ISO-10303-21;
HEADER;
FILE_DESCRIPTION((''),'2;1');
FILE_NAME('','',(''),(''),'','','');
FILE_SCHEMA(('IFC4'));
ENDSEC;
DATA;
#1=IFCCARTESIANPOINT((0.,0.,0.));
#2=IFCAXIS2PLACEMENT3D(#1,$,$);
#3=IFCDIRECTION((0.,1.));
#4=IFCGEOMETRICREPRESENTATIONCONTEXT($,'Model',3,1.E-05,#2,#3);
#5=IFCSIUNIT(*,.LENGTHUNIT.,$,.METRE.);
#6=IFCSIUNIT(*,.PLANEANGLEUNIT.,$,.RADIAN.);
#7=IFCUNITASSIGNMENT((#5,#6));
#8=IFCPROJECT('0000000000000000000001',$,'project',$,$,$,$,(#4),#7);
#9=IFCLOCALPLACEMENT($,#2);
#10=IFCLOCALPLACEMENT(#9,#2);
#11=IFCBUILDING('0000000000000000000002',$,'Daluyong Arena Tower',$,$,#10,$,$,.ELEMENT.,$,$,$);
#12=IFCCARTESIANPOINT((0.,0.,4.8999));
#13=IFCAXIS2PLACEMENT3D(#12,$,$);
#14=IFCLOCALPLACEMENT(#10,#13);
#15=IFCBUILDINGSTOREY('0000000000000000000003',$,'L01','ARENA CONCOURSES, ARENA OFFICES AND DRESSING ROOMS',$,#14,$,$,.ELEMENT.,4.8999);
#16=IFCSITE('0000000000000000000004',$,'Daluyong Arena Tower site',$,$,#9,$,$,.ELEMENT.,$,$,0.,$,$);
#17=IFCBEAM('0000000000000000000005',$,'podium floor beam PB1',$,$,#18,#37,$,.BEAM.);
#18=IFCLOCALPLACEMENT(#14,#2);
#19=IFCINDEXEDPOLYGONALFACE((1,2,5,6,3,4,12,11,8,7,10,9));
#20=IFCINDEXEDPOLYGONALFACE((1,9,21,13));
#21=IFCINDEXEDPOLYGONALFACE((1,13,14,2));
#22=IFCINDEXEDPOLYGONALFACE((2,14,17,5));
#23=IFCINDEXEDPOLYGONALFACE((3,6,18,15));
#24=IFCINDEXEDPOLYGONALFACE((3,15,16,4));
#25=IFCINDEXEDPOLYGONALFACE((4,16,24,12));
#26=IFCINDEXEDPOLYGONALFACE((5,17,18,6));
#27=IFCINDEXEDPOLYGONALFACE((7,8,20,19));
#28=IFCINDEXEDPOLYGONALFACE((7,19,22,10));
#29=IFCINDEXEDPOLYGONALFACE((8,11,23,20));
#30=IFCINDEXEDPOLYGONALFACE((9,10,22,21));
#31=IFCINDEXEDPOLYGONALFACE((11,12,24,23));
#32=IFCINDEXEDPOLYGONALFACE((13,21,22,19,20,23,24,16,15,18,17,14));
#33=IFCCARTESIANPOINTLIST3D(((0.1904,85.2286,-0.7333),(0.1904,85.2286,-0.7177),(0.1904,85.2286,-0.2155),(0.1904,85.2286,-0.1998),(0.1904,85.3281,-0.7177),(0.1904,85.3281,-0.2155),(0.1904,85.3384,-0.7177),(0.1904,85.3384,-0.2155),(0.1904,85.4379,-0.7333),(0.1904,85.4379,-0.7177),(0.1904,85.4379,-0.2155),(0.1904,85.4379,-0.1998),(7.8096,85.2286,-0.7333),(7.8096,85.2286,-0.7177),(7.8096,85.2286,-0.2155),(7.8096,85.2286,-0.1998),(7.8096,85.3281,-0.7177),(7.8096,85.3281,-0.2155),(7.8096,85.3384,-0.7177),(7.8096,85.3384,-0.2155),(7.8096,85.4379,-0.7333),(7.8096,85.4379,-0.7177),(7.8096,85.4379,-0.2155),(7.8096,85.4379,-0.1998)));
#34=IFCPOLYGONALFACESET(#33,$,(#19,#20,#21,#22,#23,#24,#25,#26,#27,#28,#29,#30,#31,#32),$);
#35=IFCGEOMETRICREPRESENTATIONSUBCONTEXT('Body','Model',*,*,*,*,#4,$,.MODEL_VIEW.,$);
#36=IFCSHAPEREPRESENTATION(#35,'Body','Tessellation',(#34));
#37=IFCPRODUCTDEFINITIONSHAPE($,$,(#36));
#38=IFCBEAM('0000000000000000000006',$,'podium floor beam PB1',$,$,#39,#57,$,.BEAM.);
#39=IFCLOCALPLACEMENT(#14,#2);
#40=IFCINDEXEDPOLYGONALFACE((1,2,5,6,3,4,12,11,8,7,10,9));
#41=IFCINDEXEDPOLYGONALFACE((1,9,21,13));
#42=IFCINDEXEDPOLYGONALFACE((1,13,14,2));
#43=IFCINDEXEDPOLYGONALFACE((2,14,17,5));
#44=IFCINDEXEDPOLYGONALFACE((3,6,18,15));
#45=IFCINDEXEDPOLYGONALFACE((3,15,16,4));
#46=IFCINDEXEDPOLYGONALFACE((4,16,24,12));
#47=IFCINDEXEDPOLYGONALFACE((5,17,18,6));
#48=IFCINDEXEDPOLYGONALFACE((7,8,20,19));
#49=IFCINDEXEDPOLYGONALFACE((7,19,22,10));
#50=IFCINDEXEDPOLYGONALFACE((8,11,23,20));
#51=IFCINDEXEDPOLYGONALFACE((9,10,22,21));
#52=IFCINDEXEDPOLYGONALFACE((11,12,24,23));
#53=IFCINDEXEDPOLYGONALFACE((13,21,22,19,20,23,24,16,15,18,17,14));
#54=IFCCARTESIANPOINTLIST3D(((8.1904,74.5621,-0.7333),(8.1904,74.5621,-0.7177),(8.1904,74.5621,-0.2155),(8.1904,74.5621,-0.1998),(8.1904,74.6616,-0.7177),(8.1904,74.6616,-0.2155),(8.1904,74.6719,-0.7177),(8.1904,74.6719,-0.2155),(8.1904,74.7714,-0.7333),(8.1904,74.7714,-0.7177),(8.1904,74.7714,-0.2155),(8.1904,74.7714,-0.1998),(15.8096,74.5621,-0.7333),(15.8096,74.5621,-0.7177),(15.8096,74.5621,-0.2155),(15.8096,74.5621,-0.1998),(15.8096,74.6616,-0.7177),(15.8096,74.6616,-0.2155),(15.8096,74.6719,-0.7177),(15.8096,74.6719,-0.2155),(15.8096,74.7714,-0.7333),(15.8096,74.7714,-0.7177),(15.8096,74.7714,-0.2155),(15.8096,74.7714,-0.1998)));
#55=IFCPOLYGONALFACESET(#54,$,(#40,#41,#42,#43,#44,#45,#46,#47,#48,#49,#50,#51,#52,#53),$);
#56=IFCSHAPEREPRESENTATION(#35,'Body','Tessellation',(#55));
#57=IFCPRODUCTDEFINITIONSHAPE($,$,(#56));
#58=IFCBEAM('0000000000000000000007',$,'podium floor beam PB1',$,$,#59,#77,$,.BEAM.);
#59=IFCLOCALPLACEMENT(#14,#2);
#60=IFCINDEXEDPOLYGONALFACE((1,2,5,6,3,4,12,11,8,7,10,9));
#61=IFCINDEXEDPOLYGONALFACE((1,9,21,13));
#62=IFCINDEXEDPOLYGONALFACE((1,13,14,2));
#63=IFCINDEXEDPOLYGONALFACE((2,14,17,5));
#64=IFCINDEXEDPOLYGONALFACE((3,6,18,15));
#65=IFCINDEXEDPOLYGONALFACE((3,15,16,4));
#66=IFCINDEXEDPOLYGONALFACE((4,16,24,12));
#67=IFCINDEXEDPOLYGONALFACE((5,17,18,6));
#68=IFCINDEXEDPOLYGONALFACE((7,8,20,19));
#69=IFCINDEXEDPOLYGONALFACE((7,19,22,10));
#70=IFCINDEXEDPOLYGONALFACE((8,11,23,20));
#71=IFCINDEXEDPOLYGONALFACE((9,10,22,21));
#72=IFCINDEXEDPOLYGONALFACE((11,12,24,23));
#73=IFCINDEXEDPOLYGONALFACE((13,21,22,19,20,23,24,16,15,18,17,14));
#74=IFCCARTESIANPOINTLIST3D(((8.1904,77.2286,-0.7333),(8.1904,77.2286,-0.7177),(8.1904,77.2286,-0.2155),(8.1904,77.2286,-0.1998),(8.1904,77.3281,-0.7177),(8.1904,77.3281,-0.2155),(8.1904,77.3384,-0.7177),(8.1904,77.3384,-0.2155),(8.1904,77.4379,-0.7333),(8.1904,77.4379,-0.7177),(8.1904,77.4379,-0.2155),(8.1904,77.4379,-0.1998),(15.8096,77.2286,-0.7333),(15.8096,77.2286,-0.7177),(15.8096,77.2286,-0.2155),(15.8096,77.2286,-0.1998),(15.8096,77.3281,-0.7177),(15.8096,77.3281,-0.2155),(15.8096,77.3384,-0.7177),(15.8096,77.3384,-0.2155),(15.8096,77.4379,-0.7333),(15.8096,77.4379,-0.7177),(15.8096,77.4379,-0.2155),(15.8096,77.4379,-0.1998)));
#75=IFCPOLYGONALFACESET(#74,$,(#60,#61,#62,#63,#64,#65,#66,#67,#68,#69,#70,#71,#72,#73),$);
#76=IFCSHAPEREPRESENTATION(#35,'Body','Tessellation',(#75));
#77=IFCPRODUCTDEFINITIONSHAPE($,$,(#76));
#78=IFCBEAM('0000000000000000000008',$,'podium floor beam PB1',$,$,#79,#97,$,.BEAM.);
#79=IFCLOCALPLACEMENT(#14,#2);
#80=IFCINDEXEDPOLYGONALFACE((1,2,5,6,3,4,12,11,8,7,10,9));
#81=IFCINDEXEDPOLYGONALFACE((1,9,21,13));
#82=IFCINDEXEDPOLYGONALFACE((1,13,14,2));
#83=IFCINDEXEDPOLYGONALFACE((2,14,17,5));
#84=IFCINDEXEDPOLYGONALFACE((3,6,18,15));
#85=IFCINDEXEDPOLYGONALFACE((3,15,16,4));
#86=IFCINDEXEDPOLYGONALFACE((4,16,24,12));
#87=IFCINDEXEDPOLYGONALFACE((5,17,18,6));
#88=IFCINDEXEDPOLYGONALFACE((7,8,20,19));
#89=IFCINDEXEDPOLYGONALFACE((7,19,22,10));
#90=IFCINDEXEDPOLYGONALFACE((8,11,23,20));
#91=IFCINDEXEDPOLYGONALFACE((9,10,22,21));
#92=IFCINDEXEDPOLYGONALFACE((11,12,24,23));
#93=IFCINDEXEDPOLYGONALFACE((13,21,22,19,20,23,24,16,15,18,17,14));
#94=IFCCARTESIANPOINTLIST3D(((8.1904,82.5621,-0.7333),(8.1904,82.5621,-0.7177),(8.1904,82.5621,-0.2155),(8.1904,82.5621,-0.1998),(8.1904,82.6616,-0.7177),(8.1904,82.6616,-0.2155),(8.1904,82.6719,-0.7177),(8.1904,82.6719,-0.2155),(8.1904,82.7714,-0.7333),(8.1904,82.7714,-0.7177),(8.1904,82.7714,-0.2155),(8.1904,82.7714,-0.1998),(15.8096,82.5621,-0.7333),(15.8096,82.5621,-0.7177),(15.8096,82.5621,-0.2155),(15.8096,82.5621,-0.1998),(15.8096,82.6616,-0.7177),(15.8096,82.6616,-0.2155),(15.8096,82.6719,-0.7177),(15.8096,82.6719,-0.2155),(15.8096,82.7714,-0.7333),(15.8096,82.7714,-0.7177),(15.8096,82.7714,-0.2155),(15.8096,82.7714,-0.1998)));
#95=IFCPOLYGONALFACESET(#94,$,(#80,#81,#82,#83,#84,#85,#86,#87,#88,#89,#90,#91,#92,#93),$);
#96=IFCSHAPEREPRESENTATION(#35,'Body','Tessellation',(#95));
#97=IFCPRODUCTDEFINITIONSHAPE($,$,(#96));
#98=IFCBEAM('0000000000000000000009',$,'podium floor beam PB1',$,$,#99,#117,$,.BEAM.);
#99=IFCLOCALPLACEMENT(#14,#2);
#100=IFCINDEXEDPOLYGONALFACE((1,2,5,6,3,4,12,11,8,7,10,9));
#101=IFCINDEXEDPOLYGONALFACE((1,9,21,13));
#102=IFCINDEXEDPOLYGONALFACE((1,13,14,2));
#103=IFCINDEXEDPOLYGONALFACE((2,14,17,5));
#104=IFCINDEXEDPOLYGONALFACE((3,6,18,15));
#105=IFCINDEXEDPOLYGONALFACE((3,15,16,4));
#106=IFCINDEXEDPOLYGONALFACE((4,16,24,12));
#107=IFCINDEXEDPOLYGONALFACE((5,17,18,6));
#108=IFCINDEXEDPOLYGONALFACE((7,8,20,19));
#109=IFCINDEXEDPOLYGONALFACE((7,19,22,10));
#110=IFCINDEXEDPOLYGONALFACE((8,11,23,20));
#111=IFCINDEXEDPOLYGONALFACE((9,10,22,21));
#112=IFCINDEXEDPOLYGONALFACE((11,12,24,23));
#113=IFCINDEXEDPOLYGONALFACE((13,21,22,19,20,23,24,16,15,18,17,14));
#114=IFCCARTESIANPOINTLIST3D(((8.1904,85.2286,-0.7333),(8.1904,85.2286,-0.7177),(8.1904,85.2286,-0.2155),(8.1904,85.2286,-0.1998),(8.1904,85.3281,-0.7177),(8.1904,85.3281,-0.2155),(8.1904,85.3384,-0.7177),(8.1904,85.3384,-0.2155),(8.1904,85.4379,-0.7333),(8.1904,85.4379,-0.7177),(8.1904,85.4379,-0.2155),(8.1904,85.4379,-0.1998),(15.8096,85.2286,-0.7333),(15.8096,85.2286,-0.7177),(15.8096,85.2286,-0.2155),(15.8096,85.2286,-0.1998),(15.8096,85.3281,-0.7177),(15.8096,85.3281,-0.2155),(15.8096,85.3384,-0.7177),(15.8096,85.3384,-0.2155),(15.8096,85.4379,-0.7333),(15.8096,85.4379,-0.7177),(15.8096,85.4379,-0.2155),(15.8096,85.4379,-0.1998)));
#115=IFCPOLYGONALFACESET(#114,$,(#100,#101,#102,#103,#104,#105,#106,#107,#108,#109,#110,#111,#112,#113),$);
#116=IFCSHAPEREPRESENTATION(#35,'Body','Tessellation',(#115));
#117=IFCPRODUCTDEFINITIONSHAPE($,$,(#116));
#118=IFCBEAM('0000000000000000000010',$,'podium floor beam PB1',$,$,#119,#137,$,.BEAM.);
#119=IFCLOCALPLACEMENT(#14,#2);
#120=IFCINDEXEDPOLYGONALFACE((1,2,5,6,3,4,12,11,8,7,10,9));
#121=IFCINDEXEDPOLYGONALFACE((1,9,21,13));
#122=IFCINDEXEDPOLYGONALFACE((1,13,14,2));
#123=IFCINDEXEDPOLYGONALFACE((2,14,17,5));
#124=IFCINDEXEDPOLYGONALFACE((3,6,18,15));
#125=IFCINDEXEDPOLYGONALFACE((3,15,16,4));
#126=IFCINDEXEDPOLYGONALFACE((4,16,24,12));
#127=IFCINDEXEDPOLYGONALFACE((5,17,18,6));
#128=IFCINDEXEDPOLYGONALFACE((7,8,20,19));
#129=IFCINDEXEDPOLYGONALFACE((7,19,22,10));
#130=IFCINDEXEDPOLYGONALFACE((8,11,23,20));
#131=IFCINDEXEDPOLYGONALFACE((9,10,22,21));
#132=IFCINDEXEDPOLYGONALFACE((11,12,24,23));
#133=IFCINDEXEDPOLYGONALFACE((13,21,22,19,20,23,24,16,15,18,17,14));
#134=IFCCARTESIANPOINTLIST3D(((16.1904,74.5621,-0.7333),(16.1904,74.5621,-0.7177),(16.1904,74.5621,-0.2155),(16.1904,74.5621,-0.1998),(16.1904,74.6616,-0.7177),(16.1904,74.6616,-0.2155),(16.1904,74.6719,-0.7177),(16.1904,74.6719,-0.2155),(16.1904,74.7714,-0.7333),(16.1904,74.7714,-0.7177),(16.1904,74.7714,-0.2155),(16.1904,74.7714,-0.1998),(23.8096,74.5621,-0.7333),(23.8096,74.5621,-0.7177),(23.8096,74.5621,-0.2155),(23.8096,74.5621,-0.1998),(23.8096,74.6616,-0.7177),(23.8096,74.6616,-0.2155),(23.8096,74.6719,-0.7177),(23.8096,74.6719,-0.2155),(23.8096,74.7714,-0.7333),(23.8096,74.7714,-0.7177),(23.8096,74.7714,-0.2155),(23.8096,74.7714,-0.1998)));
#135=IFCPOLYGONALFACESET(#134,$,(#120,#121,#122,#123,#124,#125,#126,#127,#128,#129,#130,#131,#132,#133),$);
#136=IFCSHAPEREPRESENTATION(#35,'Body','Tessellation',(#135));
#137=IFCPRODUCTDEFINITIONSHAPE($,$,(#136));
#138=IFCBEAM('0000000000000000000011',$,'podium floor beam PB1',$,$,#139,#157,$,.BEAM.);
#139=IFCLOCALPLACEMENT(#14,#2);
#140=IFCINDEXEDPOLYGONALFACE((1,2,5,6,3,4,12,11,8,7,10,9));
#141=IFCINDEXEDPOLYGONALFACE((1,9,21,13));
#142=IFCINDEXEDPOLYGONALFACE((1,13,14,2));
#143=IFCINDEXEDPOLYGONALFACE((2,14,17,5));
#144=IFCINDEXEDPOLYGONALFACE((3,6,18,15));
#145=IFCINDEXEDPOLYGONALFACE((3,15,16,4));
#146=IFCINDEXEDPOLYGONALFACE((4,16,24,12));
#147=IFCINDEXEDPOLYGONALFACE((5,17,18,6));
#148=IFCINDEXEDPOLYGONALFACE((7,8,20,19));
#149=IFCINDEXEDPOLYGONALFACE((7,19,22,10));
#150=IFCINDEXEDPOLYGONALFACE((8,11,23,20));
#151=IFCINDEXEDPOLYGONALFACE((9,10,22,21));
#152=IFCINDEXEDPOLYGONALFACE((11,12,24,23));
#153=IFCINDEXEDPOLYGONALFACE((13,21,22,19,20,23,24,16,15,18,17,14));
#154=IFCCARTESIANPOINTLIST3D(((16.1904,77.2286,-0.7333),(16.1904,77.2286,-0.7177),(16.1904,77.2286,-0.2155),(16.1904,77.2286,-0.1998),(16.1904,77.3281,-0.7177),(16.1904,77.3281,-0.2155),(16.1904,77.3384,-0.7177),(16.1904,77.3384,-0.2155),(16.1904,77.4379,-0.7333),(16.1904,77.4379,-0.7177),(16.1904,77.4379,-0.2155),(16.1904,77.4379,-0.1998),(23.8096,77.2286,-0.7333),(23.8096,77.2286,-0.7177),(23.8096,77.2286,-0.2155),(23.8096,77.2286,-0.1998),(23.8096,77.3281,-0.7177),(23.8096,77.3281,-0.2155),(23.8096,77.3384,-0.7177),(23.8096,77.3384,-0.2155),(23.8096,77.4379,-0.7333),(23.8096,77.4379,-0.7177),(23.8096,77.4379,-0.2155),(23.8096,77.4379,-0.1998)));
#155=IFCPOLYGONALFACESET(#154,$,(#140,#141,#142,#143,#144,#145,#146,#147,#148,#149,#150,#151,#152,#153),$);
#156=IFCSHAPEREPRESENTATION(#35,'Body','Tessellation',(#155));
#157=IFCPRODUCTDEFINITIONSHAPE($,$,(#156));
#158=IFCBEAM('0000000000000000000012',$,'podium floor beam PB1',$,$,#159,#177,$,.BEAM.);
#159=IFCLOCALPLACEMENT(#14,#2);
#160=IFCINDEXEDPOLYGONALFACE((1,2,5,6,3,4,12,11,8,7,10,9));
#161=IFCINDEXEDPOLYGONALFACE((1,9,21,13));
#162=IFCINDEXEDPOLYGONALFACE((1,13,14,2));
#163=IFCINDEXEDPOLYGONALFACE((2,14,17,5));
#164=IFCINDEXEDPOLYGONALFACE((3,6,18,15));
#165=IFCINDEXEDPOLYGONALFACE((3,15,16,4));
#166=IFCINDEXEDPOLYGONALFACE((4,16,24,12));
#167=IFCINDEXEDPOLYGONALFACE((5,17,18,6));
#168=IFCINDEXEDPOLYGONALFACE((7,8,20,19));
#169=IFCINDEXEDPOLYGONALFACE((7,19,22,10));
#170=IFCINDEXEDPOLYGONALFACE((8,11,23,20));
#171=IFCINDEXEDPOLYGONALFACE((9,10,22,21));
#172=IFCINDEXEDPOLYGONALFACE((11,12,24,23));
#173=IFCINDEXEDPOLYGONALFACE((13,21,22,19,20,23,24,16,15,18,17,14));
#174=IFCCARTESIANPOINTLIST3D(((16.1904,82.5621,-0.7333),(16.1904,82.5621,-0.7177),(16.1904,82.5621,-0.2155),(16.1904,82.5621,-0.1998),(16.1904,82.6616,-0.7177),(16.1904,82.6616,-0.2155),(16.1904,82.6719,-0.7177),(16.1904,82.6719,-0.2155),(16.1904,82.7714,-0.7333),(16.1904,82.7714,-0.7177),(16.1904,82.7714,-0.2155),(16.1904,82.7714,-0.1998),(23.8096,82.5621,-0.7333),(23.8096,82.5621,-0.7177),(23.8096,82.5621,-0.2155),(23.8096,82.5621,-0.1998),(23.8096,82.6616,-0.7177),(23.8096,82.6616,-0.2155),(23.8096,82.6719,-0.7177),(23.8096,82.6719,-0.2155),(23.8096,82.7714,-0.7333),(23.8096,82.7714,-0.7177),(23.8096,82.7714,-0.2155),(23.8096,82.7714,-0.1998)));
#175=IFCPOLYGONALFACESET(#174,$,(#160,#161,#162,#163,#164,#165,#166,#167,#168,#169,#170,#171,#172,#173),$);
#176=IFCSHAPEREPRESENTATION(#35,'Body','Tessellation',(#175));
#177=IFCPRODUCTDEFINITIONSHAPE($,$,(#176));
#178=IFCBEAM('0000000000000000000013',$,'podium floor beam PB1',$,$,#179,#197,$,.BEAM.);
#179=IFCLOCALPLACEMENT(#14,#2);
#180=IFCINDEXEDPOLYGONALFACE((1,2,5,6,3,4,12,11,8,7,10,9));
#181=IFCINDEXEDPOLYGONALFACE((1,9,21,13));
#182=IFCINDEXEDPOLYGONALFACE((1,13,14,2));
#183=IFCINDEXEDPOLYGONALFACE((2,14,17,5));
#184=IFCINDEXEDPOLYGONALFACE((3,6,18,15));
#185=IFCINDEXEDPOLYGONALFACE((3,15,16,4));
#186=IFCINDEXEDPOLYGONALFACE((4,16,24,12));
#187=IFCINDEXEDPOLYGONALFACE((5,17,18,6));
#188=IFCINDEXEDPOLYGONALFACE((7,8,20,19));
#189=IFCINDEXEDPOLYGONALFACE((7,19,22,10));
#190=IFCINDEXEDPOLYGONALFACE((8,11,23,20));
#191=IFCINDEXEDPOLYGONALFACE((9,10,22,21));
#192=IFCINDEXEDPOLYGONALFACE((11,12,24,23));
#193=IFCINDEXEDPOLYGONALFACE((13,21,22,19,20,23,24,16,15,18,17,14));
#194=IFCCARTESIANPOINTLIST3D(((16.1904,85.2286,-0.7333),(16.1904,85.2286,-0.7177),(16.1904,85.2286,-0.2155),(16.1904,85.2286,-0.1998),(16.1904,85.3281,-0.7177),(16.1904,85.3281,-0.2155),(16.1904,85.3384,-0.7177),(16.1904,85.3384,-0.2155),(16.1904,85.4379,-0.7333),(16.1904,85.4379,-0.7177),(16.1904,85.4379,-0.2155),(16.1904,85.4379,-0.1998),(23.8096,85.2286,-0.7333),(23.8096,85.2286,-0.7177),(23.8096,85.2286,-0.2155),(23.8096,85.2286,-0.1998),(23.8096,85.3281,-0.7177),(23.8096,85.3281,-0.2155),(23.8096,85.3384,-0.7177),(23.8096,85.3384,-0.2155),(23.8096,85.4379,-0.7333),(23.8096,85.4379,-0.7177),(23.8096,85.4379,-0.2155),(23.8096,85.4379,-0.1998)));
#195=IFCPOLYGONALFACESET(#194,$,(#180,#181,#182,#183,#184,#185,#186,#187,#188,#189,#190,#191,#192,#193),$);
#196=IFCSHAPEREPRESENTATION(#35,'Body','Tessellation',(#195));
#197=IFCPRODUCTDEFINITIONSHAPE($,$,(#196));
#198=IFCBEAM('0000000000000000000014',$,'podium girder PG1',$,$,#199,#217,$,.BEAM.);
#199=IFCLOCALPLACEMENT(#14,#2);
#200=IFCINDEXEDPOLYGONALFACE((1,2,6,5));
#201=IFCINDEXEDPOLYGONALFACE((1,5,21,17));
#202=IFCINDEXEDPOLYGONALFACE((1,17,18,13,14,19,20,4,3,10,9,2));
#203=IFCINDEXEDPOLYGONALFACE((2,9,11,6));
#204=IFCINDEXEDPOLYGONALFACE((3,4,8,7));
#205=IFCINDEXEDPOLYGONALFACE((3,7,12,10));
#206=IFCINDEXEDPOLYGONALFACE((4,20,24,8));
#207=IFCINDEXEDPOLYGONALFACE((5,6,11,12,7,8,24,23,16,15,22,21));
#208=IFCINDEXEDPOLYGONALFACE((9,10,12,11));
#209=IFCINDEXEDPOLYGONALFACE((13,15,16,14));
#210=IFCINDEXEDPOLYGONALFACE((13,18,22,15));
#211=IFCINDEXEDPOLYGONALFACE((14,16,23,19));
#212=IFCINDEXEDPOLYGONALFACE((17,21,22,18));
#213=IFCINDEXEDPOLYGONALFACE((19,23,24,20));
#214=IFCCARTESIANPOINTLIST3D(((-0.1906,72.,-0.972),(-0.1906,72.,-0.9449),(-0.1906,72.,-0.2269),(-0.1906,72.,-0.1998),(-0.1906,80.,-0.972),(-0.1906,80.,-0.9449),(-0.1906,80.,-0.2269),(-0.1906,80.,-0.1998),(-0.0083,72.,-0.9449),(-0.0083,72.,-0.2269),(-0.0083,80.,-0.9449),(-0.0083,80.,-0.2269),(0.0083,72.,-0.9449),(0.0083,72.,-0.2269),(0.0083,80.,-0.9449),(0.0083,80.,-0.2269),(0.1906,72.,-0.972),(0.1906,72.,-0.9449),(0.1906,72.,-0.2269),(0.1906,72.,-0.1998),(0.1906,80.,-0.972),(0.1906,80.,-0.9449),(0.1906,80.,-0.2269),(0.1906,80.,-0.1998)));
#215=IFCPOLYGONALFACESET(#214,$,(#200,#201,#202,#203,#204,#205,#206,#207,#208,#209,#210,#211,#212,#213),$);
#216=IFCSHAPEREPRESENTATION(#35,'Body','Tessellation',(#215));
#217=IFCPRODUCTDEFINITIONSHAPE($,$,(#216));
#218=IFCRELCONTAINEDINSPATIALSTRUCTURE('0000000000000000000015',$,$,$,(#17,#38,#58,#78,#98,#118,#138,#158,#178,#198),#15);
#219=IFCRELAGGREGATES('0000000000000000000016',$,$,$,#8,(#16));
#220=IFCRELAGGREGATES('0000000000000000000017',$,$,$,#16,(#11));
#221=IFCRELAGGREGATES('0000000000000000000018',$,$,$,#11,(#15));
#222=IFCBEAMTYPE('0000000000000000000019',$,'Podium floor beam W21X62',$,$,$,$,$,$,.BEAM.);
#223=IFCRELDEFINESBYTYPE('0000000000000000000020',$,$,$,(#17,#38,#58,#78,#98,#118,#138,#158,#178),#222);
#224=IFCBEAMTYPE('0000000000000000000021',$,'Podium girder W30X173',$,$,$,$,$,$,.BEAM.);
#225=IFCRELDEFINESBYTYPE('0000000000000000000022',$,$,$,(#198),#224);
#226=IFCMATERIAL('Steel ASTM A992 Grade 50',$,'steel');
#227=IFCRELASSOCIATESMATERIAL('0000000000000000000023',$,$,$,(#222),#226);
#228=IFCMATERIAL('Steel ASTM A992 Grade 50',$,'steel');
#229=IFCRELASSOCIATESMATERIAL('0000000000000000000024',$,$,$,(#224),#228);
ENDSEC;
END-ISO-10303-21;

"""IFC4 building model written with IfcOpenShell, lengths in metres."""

from ifc_helpers import new_model, si_unit, direction, frame, origin, origin_2d, place, context, subcontext, project, spatial, i_section, extrude, material, material_profile, profile_set, type_object, element, save


model = new_model("IFC4")

# Units and contexts
model_context = context("Model", 3, precision=1e-05, world=origin(), true_north=direction((0.0, 1.0)))
body_context = subcontext(model_context, "Body", "Model", "MODEL_VIEW")
ifc_project = project(units=[si_unit("LENGTHUNIT", "METRE"), si_unit("PLANEANGLEUNIT", "RADIAN")], contexts=[model_context])

# Site, building, storey
site_placement = place(None, origin())
site = spatial("IfcSite", under=ifc_project, at=site_placement, Name="Daluyong Arena Tower site", CompositionType="ELEMENT", RefElevation=0.0)
building_placement = place(site_placement, origin())
building = spatial("IfcBuilding", under=site, at=building_placement, Name="Daluyong Arena Tower", CompositionType="ELEMENT")
storey_placement = place(building_placement, frame((0.0, 0.0, 4.8999)))
storey = spatial("IfcBuildingStorey", under=building, at=storey_placement, Name="L01", Description="ARENA CONCOURSES, ARENA OFFICES AND DRESSING ROOMS", CompositionType="ELEMENT", Elevation=4.8999)

# Beams
ifc_material_1 = material(Name="Steel ASTM A992 Grade 50", Category="steel")
ifc_material_profile_1 = material_profile(ifc_material_1, i_section(OverallWidth=0.2092, OverallDepth=0.5334, WebThickness=0.0103, FlangeThickness=0.0156, at=origin_2d()))
ifc_profile_set_1 = profile_set([ifc_material_profile_1], Name="Steel ASTM A992 Grade 50")
beam_type_1 = type_object("IfcBeamType", Name="Podium floor beam W21X62", PredefinedType="BEAM", material=ifc_profile_set_1)
for number, where, z_axis, x_axis, name in (
    (1, (0.1904, 85.3333, -0.4666), (1.0, 0.0, 0.0), (0.0, 1.0, 0.0), "podium floor beam PB1"),
    (2, (8.1904, 74.6667, -0.4666), (1.0, 0.0, 0.0), (0.0, 1.0, 0.0), "podium floor beam PB1"),
    (3, (8.1904, 77.3333, -0.4666), (1.0, 0.0, 0.0), (0.0, 1.0, 0.0), "podium floor beam PB1"),
    (4, (8.1904, 82.6667, -0.4666), (1.0, 0.0, 0.0), (0.0, 1.0, 0.0), "podium floor beam PB1"),
    (5, (8.1904, 85.3333, -0.4666), (1.0, 0.0, 0.0), (0.0, 1.0, 0.0), "podium floor beam PB1"),
    (6, (16.1904, 74.6667, -0.4666), (1.0, 0.0, 0.0), (0.0, 1.0, 0.0), "podium floor beam PB1"),
    (7, (16.1904, 77.3333, -0.4666), (1.0, 0.0, 0.0), (0.0, 1.0, 0.0), "podium floor beam PB1"),
    (8, (16.1904, 82.6667, -0.4666), (1.0, 0.0, 0.0), (0.0, 1.0, 0.0), "podium floor beam PB1"),
    (9, (16.1904, 85.3333, -0.4666), (1.0, 0.0, 0.0), (0.0, 1.0, 0.0), "podium floor beam PB1"),
):
    element("IfcBeam", number, at=place(storey_placement, frame(where, z_axis=z_axis, x_axis=x_axis)), inside=storey, type_object=beam_type_1, Name=name, PredefinedType="BEAM", context=body_context, shape_type="SweptSolid", body=[
        extrude(i_section(OverallWidth=0.2092, OverallDepth=0.5334, WebThickness=0.0103, FlangeThickness=0.0156, at=origin_2d()), origin(), (0.0, 0.0, 1.0), 7.6191),
    ])
ifc_material_2 = material(Name="Steel ASTM A992 Grade 50", Category="steel")
ifc_material_profile_2 = material_profile(ifc_material_2, i_section(OverallWidth=0.3811, OverallDepth=0.7722, WebThickness=0.0166, FlangeThickness=0.0271, at=origin_2d()))
ifc_profile_set_2 = profile_set([ifc_material_profile_2], Name="Steel ASTM A992 Grade 50")
beam_type_2 = type_object("IfcBeamType", Name="Podium girder W30X173", PredefinedType="BEAM", material=ifc_profile_set_2)
for number, where, z_axis, x_axis, name in (
    (10, (0.0, 72.0, -0.5859), (0.0, 1.0, 0.0), (-1.0, 0.0, 0.0), "podium girder PG1"),
):
    element("IfcBeam", number, at=place(storey_placement, frame(where, z_axis=z_axis, x_axis=x_axis)), inside=storey, type_object=beam_type_2, Name=name, PredefinedType="BEAM", context=body_context, shape_type="SweptSolid", body=[
        extrude(i_section(OverallWidth=0.3811, OverallDepth=0.7722, WebThickness=0.0166, FlangeThickness=0.0271, at=origin_2d()), origin(), (0.0, 0.0, 1.0), 8.0),
    ])

save(model, "model.ifc")
